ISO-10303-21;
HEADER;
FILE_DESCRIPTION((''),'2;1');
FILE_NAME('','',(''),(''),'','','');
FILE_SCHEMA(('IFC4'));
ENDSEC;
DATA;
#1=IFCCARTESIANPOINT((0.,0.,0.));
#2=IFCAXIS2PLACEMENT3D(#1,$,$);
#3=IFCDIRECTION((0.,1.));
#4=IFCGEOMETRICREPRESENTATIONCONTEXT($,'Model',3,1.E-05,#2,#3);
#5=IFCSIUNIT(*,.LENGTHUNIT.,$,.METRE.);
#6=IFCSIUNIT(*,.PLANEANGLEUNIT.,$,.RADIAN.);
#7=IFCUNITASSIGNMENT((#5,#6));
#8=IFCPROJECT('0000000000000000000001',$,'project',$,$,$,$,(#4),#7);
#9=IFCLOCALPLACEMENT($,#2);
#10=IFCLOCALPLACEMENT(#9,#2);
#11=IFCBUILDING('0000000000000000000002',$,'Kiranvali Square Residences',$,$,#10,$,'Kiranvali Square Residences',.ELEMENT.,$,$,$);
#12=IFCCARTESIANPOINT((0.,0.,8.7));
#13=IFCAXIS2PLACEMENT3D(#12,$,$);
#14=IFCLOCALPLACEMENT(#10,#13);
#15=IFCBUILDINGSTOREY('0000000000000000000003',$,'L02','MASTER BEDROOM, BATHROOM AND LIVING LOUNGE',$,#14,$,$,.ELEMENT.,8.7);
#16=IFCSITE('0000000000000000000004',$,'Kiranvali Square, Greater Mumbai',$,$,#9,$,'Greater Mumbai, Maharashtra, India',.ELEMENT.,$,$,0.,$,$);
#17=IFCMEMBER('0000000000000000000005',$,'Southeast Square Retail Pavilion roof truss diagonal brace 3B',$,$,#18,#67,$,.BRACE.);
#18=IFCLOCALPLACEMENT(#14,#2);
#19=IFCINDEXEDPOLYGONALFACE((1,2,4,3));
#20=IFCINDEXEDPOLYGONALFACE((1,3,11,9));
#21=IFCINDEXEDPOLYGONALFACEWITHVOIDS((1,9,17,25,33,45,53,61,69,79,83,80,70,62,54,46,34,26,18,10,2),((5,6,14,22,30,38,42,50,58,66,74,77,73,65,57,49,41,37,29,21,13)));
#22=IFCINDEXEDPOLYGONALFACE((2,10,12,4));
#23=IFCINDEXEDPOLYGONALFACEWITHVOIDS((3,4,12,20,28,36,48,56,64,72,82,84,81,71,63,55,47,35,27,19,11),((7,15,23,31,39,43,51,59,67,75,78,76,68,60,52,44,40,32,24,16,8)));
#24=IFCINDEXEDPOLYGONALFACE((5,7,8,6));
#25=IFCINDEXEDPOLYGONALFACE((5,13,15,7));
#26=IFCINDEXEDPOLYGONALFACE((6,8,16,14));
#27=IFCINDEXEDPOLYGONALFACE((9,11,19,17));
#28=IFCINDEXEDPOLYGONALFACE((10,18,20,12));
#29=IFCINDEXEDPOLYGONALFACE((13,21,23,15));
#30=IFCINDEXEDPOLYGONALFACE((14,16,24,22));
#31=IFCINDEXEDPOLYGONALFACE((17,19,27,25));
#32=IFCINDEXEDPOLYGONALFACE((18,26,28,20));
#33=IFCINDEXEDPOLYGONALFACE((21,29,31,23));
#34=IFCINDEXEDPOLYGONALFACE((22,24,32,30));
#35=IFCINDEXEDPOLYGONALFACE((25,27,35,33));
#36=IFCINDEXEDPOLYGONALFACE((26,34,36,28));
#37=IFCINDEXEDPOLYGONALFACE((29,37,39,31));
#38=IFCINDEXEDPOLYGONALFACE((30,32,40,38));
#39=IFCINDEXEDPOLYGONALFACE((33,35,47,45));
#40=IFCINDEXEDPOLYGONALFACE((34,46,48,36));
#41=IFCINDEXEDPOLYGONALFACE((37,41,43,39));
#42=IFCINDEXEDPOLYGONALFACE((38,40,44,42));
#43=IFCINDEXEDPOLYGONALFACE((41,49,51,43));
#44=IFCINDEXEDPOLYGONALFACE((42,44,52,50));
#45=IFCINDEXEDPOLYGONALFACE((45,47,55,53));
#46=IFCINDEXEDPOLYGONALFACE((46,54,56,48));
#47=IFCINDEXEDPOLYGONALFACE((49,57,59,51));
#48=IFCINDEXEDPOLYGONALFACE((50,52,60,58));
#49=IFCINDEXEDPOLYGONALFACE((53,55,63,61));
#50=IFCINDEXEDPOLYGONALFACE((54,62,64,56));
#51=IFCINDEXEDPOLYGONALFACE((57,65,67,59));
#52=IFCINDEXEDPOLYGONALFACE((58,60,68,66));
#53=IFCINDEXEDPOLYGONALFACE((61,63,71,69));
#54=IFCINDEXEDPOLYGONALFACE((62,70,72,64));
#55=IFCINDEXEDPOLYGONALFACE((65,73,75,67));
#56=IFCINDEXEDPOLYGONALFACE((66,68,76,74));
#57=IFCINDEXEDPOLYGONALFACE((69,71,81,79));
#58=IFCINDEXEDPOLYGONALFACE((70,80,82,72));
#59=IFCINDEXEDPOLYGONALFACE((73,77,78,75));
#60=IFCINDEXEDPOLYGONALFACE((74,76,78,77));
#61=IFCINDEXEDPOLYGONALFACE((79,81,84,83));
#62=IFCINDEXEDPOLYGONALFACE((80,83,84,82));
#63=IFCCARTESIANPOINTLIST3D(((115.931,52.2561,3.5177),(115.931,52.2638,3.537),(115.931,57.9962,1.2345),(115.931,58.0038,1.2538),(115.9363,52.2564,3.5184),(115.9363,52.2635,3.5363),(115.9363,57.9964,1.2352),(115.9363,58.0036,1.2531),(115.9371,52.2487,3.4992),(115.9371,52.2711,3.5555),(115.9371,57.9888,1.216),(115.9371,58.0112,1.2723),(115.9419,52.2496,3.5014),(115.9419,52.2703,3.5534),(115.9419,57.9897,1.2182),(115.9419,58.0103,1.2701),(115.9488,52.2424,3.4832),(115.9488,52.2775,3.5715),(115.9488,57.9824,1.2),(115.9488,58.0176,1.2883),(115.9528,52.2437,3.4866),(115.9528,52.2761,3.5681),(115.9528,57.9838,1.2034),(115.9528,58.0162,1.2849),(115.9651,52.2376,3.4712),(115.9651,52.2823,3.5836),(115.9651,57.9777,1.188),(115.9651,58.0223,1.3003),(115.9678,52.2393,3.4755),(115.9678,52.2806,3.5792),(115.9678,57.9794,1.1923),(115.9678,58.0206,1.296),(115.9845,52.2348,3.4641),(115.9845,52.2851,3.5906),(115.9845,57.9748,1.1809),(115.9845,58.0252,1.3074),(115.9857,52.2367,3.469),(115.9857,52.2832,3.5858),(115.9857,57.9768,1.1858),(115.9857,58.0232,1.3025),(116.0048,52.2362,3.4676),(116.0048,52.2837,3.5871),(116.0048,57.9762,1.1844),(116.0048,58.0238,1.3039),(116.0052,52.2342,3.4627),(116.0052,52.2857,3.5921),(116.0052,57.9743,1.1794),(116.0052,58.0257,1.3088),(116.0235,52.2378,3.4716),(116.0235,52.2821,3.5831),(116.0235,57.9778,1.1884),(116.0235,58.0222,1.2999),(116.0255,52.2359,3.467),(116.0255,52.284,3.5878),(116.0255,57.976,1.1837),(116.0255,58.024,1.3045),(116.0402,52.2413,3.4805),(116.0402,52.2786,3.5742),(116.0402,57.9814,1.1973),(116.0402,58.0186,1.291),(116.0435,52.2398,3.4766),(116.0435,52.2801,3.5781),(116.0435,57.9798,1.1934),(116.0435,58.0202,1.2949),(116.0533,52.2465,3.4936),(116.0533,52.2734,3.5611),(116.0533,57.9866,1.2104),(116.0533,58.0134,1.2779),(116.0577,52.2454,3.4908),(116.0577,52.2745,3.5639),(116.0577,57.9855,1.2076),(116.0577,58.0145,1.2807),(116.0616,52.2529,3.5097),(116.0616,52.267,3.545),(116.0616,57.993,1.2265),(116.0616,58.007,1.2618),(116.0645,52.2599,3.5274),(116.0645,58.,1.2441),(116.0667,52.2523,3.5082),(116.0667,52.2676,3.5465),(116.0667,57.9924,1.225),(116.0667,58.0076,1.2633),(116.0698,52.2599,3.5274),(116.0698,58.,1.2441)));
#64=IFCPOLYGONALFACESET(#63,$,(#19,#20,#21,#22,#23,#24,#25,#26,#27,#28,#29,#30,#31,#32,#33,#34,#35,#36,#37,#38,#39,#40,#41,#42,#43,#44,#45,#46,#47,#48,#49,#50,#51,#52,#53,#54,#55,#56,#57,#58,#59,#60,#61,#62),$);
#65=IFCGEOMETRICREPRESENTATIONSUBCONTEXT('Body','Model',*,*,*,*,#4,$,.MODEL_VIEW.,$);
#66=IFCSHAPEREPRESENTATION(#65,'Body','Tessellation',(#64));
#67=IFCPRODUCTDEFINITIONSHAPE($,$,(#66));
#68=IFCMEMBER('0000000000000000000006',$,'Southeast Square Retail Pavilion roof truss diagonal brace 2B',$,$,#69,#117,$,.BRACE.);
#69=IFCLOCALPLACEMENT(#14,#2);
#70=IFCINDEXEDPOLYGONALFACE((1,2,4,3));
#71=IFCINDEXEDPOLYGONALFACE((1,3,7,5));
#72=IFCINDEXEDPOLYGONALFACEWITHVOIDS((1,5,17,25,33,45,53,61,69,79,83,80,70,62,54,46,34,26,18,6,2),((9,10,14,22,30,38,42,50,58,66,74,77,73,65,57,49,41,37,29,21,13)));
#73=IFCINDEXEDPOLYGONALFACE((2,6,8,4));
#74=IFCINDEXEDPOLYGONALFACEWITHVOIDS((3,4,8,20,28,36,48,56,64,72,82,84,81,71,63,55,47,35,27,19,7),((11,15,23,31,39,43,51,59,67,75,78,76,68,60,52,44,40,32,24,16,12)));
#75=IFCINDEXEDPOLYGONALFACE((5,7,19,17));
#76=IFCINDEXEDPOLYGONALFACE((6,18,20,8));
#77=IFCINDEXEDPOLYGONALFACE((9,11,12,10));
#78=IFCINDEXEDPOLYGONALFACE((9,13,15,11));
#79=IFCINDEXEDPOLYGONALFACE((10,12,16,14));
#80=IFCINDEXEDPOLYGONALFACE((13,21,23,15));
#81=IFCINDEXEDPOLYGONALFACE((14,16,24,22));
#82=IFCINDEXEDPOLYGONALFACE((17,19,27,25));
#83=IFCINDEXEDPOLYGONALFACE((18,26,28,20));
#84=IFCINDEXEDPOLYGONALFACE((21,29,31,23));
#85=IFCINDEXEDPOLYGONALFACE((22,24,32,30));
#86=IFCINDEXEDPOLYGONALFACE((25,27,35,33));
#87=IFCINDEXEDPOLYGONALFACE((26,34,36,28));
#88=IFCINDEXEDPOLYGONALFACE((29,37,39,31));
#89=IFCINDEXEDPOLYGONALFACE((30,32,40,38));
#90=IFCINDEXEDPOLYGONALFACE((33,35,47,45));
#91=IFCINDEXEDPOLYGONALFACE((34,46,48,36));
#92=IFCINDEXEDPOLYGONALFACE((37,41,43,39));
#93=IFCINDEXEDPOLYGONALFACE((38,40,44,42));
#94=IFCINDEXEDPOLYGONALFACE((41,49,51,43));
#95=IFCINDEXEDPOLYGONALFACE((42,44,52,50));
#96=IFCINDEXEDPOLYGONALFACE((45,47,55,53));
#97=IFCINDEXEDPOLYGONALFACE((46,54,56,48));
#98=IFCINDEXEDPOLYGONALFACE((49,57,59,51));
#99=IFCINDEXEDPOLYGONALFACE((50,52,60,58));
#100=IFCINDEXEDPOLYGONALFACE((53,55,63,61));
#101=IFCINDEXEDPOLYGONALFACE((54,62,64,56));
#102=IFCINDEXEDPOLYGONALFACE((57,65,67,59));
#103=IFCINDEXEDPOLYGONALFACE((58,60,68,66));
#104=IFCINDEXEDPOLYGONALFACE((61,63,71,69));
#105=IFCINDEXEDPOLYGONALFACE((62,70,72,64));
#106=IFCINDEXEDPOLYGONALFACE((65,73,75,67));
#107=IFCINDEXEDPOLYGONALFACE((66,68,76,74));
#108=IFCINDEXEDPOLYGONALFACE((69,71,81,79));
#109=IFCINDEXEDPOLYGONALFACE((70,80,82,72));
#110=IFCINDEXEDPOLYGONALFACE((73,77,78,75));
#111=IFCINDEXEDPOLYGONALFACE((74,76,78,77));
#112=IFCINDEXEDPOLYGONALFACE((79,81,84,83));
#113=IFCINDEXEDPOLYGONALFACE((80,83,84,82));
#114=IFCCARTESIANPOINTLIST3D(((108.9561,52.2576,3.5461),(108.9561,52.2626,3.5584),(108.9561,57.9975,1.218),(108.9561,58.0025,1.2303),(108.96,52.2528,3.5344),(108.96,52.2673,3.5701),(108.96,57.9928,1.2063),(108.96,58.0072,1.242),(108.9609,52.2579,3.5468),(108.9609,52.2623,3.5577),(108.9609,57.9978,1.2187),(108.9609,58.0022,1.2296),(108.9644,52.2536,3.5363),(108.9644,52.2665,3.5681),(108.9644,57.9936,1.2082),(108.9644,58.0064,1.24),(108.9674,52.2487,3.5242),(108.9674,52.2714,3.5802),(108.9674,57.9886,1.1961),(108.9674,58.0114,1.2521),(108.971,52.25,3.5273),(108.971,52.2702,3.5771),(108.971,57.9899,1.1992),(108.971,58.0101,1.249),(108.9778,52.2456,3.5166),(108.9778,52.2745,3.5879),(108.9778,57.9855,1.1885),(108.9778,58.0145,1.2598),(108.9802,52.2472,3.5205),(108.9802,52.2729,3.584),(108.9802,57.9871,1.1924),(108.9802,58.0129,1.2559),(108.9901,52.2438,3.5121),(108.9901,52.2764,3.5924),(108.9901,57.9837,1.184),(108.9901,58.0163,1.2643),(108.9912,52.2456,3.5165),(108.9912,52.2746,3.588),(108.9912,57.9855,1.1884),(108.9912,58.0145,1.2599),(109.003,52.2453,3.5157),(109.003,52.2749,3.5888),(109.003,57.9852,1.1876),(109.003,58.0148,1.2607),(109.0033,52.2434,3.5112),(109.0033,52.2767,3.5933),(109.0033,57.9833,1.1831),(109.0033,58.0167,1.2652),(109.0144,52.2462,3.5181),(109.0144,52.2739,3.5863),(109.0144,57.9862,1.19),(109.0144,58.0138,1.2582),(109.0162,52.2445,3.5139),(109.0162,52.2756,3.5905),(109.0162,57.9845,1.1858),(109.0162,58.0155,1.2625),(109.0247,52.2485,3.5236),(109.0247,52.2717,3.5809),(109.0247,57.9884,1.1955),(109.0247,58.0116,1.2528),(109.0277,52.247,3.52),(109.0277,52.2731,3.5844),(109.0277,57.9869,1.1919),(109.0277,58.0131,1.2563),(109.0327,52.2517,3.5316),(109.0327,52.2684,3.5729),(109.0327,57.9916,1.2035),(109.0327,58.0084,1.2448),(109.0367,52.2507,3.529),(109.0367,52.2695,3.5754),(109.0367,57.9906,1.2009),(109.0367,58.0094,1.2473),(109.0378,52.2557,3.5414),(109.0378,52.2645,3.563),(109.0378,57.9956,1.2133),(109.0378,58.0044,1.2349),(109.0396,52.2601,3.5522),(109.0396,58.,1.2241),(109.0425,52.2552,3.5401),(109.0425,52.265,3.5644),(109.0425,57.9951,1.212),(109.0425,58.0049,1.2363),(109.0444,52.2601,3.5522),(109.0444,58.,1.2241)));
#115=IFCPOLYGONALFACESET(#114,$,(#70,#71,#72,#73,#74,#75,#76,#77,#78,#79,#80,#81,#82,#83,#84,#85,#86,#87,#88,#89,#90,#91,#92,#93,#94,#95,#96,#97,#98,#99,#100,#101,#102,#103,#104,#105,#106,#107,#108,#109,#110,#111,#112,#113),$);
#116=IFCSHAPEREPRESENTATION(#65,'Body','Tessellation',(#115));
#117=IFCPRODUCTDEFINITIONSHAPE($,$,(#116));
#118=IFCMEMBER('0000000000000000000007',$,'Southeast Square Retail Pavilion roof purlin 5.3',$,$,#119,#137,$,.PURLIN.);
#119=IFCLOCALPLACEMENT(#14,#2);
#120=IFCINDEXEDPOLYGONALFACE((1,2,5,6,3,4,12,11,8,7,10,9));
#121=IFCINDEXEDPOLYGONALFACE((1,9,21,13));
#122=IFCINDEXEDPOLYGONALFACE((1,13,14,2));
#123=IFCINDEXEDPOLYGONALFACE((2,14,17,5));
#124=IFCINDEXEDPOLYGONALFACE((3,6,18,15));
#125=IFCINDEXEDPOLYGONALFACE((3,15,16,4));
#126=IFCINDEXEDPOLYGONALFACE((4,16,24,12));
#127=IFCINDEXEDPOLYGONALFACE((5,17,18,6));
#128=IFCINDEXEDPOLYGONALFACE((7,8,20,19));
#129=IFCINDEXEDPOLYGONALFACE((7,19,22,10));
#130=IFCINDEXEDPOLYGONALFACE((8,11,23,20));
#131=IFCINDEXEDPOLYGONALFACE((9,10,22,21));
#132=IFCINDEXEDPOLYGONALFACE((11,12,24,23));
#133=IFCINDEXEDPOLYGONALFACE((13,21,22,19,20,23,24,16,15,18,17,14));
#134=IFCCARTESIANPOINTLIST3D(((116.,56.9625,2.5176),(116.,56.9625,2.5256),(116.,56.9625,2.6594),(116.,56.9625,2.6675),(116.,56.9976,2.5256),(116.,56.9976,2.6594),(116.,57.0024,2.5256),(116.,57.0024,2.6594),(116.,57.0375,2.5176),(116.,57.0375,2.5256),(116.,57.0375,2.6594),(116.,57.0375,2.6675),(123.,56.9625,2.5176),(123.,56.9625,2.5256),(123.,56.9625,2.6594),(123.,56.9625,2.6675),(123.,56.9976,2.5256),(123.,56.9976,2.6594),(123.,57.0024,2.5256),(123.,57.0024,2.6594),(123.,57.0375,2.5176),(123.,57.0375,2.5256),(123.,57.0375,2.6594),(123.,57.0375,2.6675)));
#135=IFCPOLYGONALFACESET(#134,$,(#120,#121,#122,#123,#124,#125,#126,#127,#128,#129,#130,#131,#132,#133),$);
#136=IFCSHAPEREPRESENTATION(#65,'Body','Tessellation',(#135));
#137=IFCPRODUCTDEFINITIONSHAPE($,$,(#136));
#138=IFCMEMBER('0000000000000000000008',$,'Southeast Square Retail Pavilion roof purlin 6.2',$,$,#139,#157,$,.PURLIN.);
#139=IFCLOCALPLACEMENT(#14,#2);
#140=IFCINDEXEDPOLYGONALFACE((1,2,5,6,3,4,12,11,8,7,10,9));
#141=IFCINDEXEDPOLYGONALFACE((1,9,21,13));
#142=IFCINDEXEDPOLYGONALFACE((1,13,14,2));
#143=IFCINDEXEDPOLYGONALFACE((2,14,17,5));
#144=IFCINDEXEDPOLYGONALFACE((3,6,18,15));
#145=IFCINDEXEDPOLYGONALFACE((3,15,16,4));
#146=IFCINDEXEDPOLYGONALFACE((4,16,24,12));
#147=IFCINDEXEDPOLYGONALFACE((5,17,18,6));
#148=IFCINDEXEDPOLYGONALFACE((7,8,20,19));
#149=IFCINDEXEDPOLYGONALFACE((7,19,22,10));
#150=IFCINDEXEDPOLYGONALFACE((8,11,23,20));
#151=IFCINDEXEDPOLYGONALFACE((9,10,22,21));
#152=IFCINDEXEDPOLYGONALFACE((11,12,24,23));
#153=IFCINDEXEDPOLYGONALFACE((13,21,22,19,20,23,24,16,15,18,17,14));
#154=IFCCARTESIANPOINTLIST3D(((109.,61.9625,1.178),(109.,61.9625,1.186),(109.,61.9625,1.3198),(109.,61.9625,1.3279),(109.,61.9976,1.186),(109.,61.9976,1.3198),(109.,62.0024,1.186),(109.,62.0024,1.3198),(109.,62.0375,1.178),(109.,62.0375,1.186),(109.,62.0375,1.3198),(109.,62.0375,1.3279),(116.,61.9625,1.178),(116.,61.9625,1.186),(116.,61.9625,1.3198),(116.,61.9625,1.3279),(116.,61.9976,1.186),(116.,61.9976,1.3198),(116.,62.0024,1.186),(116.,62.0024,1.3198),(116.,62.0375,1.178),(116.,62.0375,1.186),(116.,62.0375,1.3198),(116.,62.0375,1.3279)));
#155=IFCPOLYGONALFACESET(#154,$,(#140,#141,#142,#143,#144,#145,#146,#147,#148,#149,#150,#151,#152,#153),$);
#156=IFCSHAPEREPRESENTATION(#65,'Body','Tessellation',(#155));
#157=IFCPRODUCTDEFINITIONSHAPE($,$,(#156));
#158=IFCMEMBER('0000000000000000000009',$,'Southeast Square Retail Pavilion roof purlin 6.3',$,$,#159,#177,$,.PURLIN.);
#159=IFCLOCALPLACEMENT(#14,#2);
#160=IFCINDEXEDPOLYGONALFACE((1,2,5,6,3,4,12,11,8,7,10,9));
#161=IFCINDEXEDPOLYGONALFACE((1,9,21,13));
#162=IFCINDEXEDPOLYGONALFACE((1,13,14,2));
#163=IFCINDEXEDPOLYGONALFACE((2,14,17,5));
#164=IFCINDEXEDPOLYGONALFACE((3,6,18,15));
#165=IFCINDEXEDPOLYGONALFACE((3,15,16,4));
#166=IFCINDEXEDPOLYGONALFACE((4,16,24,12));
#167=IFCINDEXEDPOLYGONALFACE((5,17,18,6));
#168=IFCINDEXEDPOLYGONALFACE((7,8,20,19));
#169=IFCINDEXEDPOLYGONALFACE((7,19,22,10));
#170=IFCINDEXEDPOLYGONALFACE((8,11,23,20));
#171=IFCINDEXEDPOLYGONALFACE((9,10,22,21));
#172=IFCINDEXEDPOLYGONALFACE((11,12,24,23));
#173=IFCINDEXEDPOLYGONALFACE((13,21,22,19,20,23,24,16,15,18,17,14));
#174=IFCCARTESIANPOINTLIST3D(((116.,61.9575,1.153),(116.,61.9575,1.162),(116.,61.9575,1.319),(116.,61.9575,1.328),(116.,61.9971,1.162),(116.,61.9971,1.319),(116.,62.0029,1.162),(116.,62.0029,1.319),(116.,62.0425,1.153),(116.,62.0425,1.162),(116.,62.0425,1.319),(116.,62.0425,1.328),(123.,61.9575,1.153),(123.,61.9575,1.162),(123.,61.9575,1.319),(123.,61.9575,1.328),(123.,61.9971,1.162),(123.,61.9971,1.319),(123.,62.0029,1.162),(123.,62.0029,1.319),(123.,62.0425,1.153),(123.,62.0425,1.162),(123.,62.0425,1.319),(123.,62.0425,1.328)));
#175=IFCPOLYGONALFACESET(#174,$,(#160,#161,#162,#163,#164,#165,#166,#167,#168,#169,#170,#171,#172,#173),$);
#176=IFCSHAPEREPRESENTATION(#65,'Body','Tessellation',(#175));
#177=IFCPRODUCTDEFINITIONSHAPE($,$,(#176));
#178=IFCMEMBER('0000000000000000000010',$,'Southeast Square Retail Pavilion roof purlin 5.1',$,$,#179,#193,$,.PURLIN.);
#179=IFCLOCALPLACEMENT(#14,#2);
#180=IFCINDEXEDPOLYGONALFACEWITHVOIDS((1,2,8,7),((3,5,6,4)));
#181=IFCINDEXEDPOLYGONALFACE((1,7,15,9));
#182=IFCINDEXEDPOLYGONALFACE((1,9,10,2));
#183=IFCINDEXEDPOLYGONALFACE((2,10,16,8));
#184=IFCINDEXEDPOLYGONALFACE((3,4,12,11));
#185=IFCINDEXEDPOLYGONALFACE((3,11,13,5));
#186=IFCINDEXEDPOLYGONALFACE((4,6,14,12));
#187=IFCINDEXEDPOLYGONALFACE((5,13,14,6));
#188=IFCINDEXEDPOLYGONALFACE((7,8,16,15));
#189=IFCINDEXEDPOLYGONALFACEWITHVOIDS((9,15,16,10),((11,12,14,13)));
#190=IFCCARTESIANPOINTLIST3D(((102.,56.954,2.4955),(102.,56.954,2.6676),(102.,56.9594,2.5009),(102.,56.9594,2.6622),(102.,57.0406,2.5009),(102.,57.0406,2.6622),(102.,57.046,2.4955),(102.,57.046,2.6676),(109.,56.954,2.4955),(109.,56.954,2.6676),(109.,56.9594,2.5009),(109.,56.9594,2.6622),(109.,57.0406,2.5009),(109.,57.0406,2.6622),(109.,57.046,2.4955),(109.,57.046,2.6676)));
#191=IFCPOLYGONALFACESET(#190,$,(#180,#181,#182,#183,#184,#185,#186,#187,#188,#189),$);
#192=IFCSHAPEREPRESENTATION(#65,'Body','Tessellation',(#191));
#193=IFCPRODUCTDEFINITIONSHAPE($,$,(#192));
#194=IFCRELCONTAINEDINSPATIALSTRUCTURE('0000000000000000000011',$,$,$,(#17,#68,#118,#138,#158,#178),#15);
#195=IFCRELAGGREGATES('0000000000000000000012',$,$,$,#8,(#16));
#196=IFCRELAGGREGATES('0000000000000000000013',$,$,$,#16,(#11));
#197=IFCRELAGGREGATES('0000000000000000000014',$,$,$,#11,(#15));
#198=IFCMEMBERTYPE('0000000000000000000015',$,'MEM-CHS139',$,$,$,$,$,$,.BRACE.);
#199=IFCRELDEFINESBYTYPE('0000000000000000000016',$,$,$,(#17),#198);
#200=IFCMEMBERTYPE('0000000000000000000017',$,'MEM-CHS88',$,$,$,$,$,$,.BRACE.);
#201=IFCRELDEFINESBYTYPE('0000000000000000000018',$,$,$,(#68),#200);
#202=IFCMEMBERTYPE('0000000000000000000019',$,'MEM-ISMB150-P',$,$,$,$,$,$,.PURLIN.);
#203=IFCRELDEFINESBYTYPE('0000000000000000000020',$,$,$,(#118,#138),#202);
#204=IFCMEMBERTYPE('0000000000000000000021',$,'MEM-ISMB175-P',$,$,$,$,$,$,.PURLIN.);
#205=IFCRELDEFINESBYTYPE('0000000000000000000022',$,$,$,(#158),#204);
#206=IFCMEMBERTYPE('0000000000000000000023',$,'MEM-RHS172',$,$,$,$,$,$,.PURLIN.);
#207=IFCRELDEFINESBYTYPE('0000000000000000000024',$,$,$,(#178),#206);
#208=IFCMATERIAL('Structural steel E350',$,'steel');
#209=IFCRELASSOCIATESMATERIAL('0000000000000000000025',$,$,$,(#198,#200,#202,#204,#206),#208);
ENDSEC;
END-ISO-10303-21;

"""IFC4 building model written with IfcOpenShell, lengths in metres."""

from ifc_helpers import new_model, si_unit, direction, frame, origin, origin_2d, place, context, subcontext, project, spatial, hollow_rectangle, hollow_circle, i_section, extrude, material, material_profile, profile_set, type_object, element, save


model = new_model("IFC4")

# Units and contexts
model_context = context("Model", 3, precision=1e-05, world=origin(), true_north=direction((0.0, 1.0)))
body_context = subcontext(model_context, "Body", "Model", "MODEL_VIEW")
ifc_project = project(units=[si_unit("LENGTHUNIT", "METRE"), si_unit("PLANEANGLEUNIT", "RADIAN")], contexts=[model_context])

# Site, building, storey
site_placement = place(None, origin())
site = spatial("IfcSite", under=ifc_project, at=site_placement, Name="Kiranvali Square, Greater Mumbai", LongName="Greater Mumbai, Maharashtra, India", CompositionType="ELEMENT", RefElevation=0.0)
building_placement = place(site_placement, origin())
building = spatial("IfcBuilding", under=site, at=building_placement, Name="Kiranvali Square Residences", LongName="Kiranvali Square Residences", CompositionType="ELEMENT")
storey_placement = place(building_placement, frame((0.0, 0.0, 8.7)))
storey = spatial("IfcBuildingStorey", under=building, at=storey_placement, Name="L02", Description="MASTER BEDROOM, BATHROOM AND LIVING LOUNGE", CompositionType="ELEMENT", Elevation=8.7)

# Members
ifc_material_1 = material(Name="Structural steel E350", Category="steel")
ifc_material_profile_1 = material_profile(ifc_material_1, hollow_circle(Radius=0.0698, WallThickness=0.0054, at=origin_2d()), Name="CHS 139.7x5.4")
ifc_profile_set_1 = profile_set([ifc_material_profile_1], Name="Structural steel E350")
member_type_1 = type_object("IfcMemberType", Name="MEM-CHS139", PredefinedType="BRACE", material=ifc_profile_set_1)
member_1_placement = place(storey_placement, frame((116.0, 58.0, 1.2441), z_axis=(0.0, -0.929189, 0.369605), x_axis=(1.0, 0.0, 0.0)))
element("IfcMember", 1, at=member_1_placement, inside=storey, type_object=member_type_1, Name="Southeast Square Retail Pavilion roof truss diagonal brace 3B", PredefinedType="BRACE", context=body_context, shape_type="SweptSolid", body=[
    extrude(hollow_circle(Radius=0.0698, WallThickness=0.0054, at=origin_2d()), origin(), (0.0, 0.0, 1.0), 6.1775),
])
ifc_material_profile_2 = material_profile(ifc_material_1, hollow_circle(Radius=0.0444, WallThickness=0.0049, at=origin_2d()), Name="CHS 88.9x4.8")
ifc_profile_set_2 = profile_set([ifc_material_profile_2], Name="Structural steel E350")
member_type_2 = type_object("IfcMemberType", Name="MEM-CHS88", PredefinedType="BRACE", material=ifc_profile_set_2)
member_2_placement = place(storey_placement, frame((109.0, 58.0, 1.2241), z_axis=(0.0, -0.926677, 0.375858), x_axis=(1.0, 0.0, 0.0)))
element("IfcMember", 2, at=member_2_placement, inside=storey, type_object=member_type_2, Name="Southeast Square Retail Pavilion roof truss diagonal brace 2B", PredefinedType="BRACE", context=body_context, shape_type="SweptSolid", body=[
    extrude(hollow_circle(Radius=0.0444, WallThickness=0.0049, at=origin_2d()), origin(), (0.0, 0.0, 1.0), 6.1941),
])
ifc_material_profile_3 = material_profile(ifc_material_1, i_section(OverallWidth=0.075, OverallDepth=0.1499, WebThickness=0.0049, FlangeThickness=0.0081, at=origin_2d()), Name="ISMB 150")
ifc_profile_set_3 = profile_set([ifc_material_profile_3], Name="Structural steel E350")
member_type_3 = type_object("IfcMemberType", Name="MEM-ISMB150-P", PredefinedType="PURLIN", material=ifc_profile_set_3)
for number, where, z_axis, x_axis, name in (
    (3, (116.0, 57.0, 2.5925), (1.0, 0.0, 0.0), (0.0, 1.0, 0.0), "Southeast Square Retail Pavilion roof purlin 5.3"),
    (4, (109.0, 62.0, 1.2529), (1.0, 0.0, 0.0), (0.0, 1.0, 0.0), "Southeast Square Retail Pavilion roof purlin 6.2"),
):
    element("IfcMember", number, at=place(storey_placement, frame(where, z_axis=z_axis, x_axis=x_axis)), inside=storey, type_object=member_type_3, Name=name, PredefinedType="PURLIN", context=body_context, shape_type="SweptSolid", body=[
        extrude(i_section(OverallWidth=0.075, OverallDepth=0.1499, WebThickness=0.0049, FlangeThickness=0.0081, at=origin_2d()), origin(), (0.0, 0.0, 1.0), 7.0),
    ])
ifc_material_profile_4 = material_profile(ifc_material_1, i_section(OverallWidth=0.085, OverallDepth=0.175, WebThickness=0.0059, FlangeThickness=0.009, at=origin_2d()), Name="ISMB 175")
ifc_profile_set_4 = profile_set([ifc_material_profile_4], Name="Structural steel E350")
member_type_4 = type_object("IfcMemberType", Name="MEM-ISMB175-P", PredefinedType="PURLIN", material=ifc_profile_set_4)
member_3_placement = place(storey_placement, frame((116.0, 62.0, 1.2405), z_axis=(1.0, 0.0, 0.0), x_axis=(0.0, 1.0, 0.0)))
element("IfcMember", 5, at=member_3_placement, inside=storey, type_object=member_type_4, Name="Southeast Square Retail Pavilion roof purlin 6.3", PredefinedType="PURLIN", context=body_context, shape_type="SweptSolid", body=[
    extrude(i_section(OverallWidth=0.085, OverallDepth=0.175, WebThickness=0.0059, FlangeThickness=0.009, at=origin_2d()), origin(), (0.0, 0.0, 1.0), 7.0),
])
ifc_material_profile_5 = material_profile(ifc_material_1, hollow_rectangle(XDim=0.092, YDim=0.1721, WallThickness=0.0054, at=origin_2d()), Name="RHS 172x92x5.4")
ifc_profile_set_5 = profile_set([ifc_material_profile_5], Name="Structural steel E350")
member_type_5 = type_object("IfcMemberType", Name="MEM-RHS172", PredefinedType="PURLIN", material=ifc_profile_set_5)
member_4_placement = place(storey_placement, frame((102.0, 57.0, 2.5815), z_axis=(1.0, 0.0, 0.0), x_axis=(0.0, 1.0, 0.0)))
element("IfcMember", 6, at=member_4_placement, inside=storey, type_object=member_type_5, Name="Southeast Square Retail Pavilion roof purlin 5.1", PredefinedType="PURLIN", context=body_context, shape_type="SweptSolid", body=[
    extrude(hollow_rectangle(XDim=0.092, YDim=0.1721, WallThickness=0.0054, at=origin_2d()), origin(), (0.0, 0.0, 1.0), 7.0),
])

save(model, "model.ifc")
